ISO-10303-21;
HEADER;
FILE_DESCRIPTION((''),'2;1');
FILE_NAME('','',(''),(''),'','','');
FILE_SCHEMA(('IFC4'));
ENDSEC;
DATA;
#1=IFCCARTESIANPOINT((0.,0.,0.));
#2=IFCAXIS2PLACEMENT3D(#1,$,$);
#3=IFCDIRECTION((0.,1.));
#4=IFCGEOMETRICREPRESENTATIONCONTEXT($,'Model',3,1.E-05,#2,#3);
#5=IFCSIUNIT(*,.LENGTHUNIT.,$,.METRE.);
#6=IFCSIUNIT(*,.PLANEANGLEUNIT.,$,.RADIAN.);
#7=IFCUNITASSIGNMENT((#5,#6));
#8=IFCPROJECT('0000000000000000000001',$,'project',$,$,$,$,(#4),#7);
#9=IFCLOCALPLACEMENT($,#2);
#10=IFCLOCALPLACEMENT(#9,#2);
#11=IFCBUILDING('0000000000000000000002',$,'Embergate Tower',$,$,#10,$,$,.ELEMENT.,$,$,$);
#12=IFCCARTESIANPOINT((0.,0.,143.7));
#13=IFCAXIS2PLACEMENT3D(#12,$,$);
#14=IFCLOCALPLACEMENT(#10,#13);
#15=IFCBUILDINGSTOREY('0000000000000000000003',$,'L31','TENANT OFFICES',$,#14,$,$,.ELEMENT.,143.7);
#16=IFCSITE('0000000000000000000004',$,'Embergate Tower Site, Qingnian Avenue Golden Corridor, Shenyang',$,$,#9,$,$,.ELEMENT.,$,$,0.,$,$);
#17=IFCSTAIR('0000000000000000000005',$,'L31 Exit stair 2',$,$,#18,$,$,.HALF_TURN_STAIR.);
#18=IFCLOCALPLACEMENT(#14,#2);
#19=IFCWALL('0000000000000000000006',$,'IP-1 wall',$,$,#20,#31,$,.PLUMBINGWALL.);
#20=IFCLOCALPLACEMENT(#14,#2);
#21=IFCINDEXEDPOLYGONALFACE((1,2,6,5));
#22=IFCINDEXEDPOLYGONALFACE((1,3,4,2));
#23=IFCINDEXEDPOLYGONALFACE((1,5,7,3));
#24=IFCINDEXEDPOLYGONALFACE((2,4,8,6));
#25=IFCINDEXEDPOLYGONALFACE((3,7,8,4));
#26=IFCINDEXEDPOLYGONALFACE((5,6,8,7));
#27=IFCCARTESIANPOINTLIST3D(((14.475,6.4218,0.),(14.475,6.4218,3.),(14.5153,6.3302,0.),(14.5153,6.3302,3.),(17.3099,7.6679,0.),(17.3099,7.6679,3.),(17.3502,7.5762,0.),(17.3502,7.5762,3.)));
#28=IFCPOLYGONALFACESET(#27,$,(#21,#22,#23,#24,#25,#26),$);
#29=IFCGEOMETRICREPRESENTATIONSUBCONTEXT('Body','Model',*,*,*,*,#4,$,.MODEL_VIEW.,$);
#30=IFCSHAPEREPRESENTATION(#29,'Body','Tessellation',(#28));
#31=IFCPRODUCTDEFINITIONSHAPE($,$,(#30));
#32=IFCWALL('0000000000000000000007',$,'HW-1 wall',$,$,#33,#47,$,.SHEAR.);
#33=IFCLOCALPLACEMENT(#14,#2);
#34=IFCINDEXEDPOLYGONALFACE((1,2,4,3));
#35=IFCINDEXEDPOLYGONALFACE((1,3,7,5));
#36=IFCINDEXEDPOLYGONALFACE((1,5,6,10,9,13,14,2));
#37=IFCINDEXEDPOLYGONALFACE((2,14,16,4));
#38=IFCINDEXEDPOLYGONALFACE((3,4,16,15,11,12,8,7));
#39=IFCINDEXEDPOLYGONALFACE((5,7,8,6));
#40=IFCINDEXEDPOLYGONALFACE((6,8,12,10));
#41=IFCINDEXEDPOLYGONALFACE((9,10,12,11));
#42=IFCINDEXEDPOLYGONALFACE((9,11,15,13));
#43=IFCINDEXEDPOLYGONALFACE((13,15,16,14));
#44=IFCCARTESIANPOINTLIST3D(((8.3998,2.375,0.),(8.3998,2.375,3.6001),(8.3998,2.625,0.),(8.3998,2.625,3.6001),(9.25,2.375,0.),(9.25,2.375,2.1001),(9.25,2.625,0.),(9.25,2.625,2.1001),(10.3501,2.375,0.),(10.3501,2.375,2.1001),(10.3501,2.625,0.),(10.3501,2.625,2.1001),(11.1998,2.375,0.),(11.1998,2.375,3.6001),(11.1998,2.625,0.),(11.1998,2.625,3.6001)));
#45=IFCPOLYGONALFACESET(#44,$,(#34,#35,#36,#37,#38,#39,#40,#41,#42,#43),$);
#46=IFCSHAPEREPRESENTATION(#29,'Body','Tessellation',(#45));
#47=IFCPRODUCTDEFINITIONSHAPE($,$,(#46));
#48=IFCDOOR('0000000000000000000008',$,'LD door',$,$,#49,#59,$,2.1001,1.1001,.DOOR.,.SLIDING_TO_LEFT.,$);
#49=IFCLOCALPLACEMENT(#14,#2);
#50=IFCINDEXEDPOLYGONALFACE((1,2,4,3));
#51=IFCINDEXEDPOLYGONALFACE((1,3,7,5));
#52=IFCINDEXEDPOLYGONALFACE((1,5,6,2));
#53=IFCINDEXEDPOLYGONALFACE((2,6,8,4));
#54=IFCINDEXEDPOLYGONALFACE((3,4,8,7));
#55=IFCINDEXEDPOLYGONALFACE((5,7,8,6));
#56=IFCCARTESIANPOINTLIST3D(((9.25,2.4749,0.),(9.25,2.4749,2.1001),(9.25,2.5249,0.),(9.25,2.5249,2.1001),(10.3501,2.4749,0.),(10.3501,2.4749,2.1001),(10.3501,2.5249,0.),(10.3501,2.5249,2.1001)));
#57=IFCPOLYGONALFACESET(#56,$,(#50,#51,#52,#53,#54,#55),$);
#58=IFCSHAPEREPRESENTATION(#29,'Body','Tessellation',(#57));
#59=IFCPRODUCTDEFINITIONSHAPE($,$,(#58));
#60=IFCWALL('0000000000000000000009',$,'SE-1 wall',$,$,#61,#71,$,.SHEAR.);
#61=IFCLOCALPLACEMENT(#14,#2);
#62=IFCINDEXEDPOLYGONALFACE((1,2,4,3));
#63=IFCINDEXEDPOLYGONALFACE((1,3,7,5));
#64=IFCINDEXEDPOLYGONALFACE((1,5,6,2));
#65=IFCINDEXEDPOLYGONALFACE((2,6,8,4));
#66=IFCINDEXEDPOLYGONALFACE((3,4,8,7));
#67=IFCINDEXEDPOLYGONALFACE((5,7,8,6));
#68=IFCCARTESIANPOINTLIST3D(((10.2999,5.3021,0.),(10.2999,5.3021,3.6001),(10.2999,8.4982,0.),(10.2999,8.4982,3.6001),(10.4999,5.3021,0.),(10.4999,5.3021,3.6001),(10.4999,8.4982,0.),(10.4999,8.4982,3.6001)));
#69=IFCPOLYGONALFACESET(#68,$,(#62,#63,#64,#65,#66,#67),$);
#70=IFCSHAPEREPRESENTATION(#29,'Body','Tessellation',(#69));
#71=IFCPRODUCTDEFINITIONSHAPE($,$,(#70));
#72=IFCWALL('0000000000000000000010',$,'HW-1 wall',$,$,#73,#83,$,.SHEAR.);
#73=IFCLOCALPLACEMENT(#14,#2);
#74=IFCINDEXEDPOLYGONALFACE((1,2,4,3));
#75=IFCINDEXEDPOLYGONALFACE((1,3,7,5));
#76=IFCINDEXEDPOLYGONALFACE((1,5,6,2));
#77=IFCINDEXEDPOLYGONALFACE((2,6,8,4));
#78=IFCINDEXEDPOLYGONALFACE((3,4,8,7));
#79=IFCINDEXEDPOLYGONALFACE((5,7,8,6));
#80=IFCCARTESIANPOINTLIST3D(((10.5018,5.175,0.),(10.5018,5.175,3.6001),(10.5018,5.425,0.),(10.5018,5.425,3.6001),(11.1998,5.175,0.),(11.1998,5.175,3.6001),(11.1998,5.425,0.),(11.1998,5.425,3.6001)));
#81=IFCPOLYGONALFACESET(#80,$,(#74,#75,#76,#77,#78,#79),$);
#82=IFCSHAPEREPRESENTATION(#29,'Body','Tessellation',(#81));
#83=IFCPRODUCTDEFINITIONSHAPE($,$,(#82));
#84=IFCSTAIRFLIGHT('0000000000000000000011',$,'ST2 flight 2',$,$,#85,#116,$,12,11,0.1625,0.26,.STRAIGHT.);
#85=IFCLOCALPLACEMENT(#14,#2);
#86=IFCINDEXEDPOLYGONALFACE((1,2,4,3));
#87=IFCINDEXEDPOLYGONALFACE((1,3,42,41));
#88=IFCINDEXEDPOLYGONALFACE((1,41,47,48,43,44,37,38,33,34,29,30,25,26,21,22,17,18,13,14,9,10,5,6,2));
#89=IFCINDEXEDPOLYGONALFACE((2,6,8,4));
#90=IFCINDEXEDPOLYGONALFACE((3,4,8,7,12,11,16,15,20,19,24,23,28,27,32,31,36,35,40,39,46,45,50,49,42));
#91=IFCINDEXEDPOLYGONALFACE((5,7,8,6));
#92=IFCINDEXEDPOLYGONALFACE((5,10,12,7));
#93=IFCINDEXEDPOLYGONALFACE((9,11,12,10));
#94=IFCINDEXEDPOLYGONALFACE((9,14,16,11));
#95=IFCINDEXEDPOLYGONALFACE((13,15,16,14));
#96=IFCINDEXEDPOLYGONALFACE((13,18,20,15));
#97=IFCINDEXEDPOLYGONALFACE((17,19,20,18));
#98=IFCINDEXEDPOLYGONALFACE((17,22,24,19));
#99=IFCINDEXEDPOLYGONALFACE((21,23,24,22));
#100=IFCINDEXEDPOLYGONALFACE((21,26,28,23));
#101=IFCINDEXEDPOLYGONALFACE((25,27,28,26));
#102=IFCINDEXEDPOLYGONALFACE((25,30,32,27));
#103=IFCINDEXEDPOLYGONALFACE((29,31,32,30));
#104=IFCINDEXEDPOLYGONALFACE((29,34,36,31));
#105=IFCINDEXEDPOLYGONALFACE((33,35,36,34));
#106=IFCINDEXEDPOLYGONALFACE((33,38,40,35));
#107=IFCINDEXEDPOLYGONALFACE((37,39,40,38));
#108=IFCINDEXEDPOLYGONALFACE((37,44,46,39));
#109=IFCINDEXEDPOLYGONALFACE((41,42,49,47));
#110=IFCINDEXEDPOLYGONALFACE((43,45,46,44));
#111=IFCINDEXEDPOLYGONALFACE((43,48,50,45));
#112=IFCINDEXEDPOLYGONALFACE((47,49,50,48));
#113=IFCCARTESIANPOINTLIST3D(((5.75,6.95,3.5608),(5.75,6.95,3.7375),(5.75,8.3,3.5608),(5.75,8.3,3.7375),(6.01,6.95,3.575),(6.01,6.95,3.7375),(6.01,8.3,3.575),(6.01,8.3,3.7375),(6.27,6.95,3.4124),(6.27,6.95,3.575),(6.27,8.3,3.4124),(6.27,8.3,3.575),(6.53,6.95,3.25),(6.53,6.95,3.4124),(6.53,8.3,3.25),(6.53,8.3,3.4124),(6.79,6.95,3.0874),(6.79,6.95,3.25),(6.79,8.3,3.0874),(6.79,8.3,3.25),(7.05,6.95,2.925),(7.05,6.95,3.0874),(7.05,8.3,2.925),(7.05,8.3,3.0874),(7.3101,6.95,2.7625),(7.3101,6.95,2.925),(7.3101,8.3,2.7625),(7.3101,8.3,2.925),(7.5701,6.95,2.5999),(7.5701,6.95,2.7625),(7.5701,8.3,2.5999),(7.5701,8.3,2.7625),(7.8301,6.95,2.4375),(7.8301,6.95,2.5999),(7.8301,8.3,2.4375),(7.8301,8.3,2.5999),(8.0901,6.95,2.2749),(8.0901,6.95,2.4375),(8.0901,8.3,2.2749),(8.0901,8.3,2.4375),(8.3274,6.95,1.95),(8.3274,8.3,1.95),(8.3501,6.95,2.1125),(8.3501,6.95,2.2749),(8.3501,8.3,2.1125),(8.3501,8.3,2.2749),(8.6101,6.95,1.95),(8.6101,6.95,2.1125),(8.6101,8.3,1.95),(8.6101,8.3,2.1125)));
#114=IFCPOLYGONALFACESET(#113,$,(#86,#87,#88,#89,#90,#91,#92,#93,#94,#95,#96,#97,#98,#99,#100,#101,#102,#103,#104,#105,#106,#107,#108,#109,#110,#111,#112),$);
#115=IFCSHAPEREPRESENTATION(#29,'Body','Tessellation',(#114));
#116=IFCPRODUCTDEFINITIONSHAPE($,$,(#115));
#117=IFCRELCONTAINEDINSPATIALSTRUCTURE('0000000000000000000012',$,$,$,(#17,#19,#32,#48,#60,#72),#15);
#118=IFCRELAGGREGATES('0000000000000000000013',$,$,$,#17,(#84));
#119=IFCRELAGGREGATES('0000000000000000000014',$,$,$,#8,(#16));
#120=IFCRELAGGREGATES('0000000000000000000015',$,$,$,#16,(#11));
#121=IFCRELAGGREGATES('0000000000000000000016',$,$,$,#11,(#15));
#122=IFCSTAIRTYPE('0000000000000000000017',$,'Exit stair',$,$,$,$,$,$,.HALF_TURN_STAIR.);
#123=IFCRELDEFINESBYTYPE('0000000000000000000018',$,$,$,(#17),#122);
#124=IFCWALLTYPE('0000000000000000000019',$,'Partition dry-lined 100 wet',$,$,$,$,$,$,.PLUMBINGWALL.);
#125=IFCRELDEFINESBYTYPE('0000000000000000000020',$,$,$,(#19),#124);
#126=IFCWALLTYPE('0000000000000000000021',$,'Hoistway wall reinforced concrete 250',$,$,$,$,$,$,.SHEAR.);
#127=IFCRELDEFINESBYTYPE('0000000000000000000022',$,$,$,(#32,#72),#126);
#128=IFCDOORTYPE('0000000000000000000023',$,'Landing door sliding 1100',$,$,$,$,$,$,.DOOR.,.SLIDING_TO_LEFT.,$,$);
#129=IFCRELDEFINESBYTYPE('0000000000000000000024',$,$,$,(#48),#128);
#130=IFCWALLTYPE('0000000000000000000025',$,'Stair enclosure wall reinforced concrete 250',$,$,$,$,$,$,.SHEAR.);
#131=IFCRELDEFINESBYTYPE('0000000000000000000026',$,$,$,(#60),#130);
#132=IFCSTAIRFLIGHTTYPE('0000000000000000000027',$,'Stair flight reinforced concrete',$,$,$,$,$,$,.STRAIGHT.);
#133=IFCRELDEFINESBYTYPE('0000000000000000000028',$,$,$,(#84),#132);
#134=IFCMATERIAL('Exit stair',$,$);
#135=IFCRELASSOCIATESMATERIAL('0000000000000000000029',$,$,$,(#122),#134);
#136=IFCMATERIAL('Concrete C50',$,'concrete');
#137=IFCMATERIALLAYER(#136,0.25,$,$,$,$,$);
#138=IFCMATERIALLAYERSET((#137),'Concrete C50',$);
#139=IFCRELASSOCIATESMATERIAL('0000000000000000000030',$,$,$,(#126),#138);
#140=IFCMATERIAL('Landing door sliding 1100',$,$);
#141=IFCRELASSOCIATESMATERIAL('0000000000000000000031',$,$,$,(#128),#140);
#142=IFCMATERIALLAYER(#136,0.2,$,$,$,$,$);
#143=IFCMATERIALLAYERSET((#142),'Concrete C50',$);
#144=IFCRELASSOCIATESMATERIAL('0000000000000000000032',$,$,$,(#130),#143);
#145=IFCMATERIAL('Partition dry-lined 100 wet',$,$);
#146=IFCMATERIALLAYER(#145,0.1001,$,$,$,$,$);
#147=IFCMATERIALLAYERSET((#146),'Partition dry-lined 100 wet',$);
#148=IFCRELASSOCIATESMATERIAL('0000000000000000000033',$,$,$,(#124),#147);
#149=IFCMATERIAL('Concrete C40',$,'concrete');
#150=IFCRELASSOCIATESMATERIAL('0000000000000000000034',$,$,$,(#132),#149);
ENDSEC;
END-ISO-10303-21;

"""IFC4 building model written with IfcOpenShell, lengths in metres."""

from ifc_helpers import new_model, si_unit, direction, frame, frame_2d, origin, place, context, subcontext, project, spatial, polyline, rectangle, outline, extrude, source, transform, mapped, material, layer, layer_set, type_object, element, fill, aggregate, save


model = new_model("IFC4")

# Units and contexts
model_context = context("Model", 3, precision=1e-05, world=origin(), true_north=direction((0.0, 1.0)))
body_context = subcontext(model_context, "Body", "Model", "MODEL_VIEW")
ifc_project = project(units=[si_unit("LENGTHUNIT", "METRE"), si_unit("PLANEANGLEUNIT", "RADIAN")], contexts=[model_context])

# Site, building, storey
site_placement = place(None, origin())
site = spatial("IfcSite", under=ifc_project, at=site_placement, Name="Embergate Tower Site, Qingnian Avenue Golden Corridor, Shenyang", CompositionType="ELEMENT", RefElevation=0.0)
building_placement = place(site_placement, origin())
building = spatial("IfcBuilding", under=site, at=building_placement, Name="Embergate Tower", CompositionType="ELEMENT")
storey_placement = place(building_placement, frame((0.0, 0.0, 143.7)))
storey = spatial("IfcBuildingStorey", under=building, at=storey_placement, Name="L31", Description="TENANT OFFICES", CompositionType="ELEMENT", Elevation=143.7)

# Stair
ifc_material_1 = material(Name="Exit stair")
stair_type = type_object("IfcStairType", Name="Exit stair", PredefinedType="HALF_TURN_STAIR", material=ifc_material_1)
stair_placement = place(storey_placement, origin())
stair = element("IfcStair", 1, at=stair_placement, inside=storey, type_object=stair_type, Name="L31 Exit stair 2", PredefinedType="HALF_TURN_STAIR")
ifc_material_2 = material(Name="Concrete C40", Category="concrete")

# Shared definitions
ifc_material_3 = material(Name="Concrete C50", Category="concrete")
ifc_layer_1 = layer(ifc_material_3, 0.25)
ifc_layer_set_1 = layer_set([ifc_layer_1], Name="Concrete C50")
wall_type_1 = type_object("IfcWallType", Name="Hoistway wall reinforced concrete 250", PredefinedType="SHEAR", material=ifc_layer_set_1)

# Shared definitions
shared_shape_1 = source(origin(), body_context, "Body", "SweptSolid", [
    extrude(rectangle(XDim=1.1001, YDim=2.1001, at=frame_2d((0.55, 1.05))), frame((0.0, 0.135, 0.0), z_axis=(0.0, -1.0, 0.0), x_axis=(1.0, 0.0, 0.0)), (0.0, 0.0, 1.0), 0.27),
])
ifc_material_4 = material(Name="Landing door sliding 1100")
door_type_1 = type_object("IfcDoorType", Name="Landing door sliding 1100", OperationType="SLIDING_TO_LEFT", PredefinedType="DOOR", material=ifc_material_4)
shared_shape_2 = source(origin(), body_context, "Body", "SweptSolid", [
    extrude(rectangle(XDim=1.1001, YDim=2.1001, at=frame_2d((0.55, 1.05))), frame((0.0, 0.0249, 0.0), z_axis=(0.0, -1.0, 0.0), x_axis=(1.0, 0.0, 0.0)), (0.0, 0.0, 1.0), 0.05),
])

# Shared definitions
ifc_layer_2 = layer(ifc_material_3, 0.2)
ifc_layer_set_2 = layer_set([ifc_layer_2], Name="Concrete C50")
wall_type_2 = type_object("IfcWallType", Name="Stair enclosure wall reinforced concrete 250", PredefinedType="SHEAR", material=ifc_layer_set_2)

# Wall
ifc_material_5 = material(Name="Partition dry-lined 100 wet")
ifc_layer_3 = layer(ifc_material_5, 0.1001)
ifc_layer_set_3 = layer_set([ifc_layer_3], Name="Partition dry-lined 100 wet")
wall_type_3 = type_object("IfcWallType", Name="Partition dry-lined 100 wet", PredefinedType="PLUMBINGWALL", material=ifc_layer_set_3)
shared_shape_3 = source(origin(), body_context, "Body", "SweptSolid", [
    extrude(rectangle(XDim=3.0967, YDim=0.1001, at=frame_2d((1.5483, 0.0))), origin(), (0.0, 0.0, 1.0), 3.0),
])
wall_1_placement = place(storey_placement, frame((14.4951, 6.376, 0.0), z_axis=(0.0, 0.0, 1.0), x_axis=(0.915468, 0.40239, 0.0)))
element("IfcWall", 2, at=wall_1_placement, inside=storey, type_object=wall_type_3, Name="IP-1 wall", PredefinedType="PLUMBINGWALL", context=body_context, shape_type="MappedRepresentation", body=[
    mapped(shared_shape_3, transform((0.0, 0.0, 0.0))),
])

# Wall, opening, door
shared_shape_4 = source(origin(), body_context, "Body", "SweptSolid", [
    extrude(rectangle(XDim=2.8, YDim=0.25, at=frame_2d((1.3999, 0.0))), origin(), (0.0, 0.0, 1.0), 3.6001),
])
wall_2_placement = place(storey_placement, frame((8.3999, 2.5, 0.0), z_axis=(0.0, 0.0, 1.0), x_axis=(1.0, 0.0, 0.0)))
wall_2 = element("IfcWall", 3, at=wall_2_placement, inside=storey, type_object=wall_type_1, Name="HW-1 wall", PredefinedType="SHEAR", context=body_context, shape_type="MappedRepresentation", body=[
    mapped(shared_shape_4, transform((0.0, 0.0, 0.0))),
])
opening_1_placement = place(wall_2_placement, frame((0.8501, 0.0, 0.0)))
opening_1 = element("IfcOpeningElement", 4, at=opening_1_placement, cuts=wall_2, PredefinedType="OPENING", context=body_context, shape_type="MappedRepresentation", body=[
    mapped(shared_shape_1, transform((0.0, 0.0, 0.0))),
])
door_1_placement = place(opening_1_placement, origin())
door_1 = element("IfcDoor", 5, at=door_1_placement, inside=storey, type_object=door_type_1, Name="LD door", OperationType="SLIDING_TO_LEFT", OverallHeight=2.1001, OverallWidth=1.1001, PredefinedType="DOOR", context=body_context, shape_type="MappedRepresentation", body=[
    mapped(shared_shape_2, transform((0.0, 0.0, 0.0))),
])
fill(opening_1, door_1)

# Walls
shared_shape_5 = source(origin(), body_context, "Body", "SweptSolid", [
    extrude(rectangle(XDim=3.196, YDim=0.2, at=frame_2d((1.5981, 0.0))), origin(), (0.0, 0.0, 1.0), 3.6001),
])
wall_3_placement = place(storey_placement, frame((10.3999, 5.302, 0.0), z_axis=(0.0, 0.0, 1.0), x_axis=(0.0, 1.0, 0.0)))
element("IfcWall", 6, at=wall_3_placement, inside=storey, type_object=wall_type_2, Name="SE-1 wall", PredefinedType="SHEAR", context=body_context, shape_type="MappedRepresentation", body=[
    mapped(shared_shape_5, transform((0.0, 0.0, 0.0))),
])
shared_shape_6 = source(origin(), body_context, "Body", "SweptSolid", [
    extrude(rectangle(XDim=0.698, YDim=0.25, at=frame_2d((0.3491, 0.0))), origin(), (0.0, 0.0, 1.0), 3.6001),
])
wall_4_placement = place(storey_placement, frame((11.2, 5.3, 0.0), z_axis=(0.0, 0.0, 1.0), x_axis=(-1.0, 0.0, 0.0)))
element("IfcWall", 7, at=wall_4_placement, inside=storey, type_object=wall_type_1, Name="HW-1 wall", PredefinedType="SHEAR", context=body_context, shape_type="MappedRepresentation", body=[
    mapped(shared_shape_6, transform((0.0, 0.0, 0.0))),
])

# Stair flight
stair_flight_type = type_object("IfcStairFlightType", Name="Stair flight reinforced concrete", PredefinedType="STRAIGHT", material=ifc_material_2)
shared_shape_7 = source(origin(), body_context, "Body", "SweptSolid", [
    extrude(outline(polyline([(0.0, 0.0), (0.0, 0.1626), (0.26, 0.1626), (0.26, 0.325), (0.52, 0.325), (0.52, 0.4875), (0.78, 0.4875), (0.78, 0.6499), (1.04, 0.6499), (1.04, 0.8125), (1.3, 0.8125), (1.3, 0.9751), (1.5601, 0.9751), (1.5601, 1.1375), (1.8201, 1.1375), (1.8201, 1.3), (2.0801, 1.3), (2.0801, 1.4624), (2.3401, 1.4624), (2.3401, 1.625), (2.6001, 1.625), (2.6001, 1.7876), (2.8601, 1.7876), (2.8601, 1.95), (2.8601, 1.6108), (0.2827, 0.0), (0.0, 0.0)])), frame((0.0, 0.675, 0.0), z_axis=(0.0, -1.0, 0.0), x_axis=(1.0, 0.0, 0.0)), (0.0, 0.0, 1.0), 1.3501),
])
stair_flight_placement = place(storey_placement, frame((8.6101, 7.625, 1.95), z_axis=(0.0, 0.0, 1.0), x_axis=(-1.0, 0.0, 0.0)))
stair_flight = element("IfcStairFlight", 8, at=stair_flight_placement, type_object=stair_flight_type, Name="ST2 flight 2", NumberOfRisers=12, NumberOfTreads=11, PredefinedType="STRAIGHT", RiserHeight=0.1625, TreadLength=0.26, context=body_context, shape_type="MappedRepresentation", body=[
    mapped(shared_shape_7, transform((0.0, 0.0, 0.0))),
])
aggregate(stair, [stair_flight])

save(model, "model.ifc")
